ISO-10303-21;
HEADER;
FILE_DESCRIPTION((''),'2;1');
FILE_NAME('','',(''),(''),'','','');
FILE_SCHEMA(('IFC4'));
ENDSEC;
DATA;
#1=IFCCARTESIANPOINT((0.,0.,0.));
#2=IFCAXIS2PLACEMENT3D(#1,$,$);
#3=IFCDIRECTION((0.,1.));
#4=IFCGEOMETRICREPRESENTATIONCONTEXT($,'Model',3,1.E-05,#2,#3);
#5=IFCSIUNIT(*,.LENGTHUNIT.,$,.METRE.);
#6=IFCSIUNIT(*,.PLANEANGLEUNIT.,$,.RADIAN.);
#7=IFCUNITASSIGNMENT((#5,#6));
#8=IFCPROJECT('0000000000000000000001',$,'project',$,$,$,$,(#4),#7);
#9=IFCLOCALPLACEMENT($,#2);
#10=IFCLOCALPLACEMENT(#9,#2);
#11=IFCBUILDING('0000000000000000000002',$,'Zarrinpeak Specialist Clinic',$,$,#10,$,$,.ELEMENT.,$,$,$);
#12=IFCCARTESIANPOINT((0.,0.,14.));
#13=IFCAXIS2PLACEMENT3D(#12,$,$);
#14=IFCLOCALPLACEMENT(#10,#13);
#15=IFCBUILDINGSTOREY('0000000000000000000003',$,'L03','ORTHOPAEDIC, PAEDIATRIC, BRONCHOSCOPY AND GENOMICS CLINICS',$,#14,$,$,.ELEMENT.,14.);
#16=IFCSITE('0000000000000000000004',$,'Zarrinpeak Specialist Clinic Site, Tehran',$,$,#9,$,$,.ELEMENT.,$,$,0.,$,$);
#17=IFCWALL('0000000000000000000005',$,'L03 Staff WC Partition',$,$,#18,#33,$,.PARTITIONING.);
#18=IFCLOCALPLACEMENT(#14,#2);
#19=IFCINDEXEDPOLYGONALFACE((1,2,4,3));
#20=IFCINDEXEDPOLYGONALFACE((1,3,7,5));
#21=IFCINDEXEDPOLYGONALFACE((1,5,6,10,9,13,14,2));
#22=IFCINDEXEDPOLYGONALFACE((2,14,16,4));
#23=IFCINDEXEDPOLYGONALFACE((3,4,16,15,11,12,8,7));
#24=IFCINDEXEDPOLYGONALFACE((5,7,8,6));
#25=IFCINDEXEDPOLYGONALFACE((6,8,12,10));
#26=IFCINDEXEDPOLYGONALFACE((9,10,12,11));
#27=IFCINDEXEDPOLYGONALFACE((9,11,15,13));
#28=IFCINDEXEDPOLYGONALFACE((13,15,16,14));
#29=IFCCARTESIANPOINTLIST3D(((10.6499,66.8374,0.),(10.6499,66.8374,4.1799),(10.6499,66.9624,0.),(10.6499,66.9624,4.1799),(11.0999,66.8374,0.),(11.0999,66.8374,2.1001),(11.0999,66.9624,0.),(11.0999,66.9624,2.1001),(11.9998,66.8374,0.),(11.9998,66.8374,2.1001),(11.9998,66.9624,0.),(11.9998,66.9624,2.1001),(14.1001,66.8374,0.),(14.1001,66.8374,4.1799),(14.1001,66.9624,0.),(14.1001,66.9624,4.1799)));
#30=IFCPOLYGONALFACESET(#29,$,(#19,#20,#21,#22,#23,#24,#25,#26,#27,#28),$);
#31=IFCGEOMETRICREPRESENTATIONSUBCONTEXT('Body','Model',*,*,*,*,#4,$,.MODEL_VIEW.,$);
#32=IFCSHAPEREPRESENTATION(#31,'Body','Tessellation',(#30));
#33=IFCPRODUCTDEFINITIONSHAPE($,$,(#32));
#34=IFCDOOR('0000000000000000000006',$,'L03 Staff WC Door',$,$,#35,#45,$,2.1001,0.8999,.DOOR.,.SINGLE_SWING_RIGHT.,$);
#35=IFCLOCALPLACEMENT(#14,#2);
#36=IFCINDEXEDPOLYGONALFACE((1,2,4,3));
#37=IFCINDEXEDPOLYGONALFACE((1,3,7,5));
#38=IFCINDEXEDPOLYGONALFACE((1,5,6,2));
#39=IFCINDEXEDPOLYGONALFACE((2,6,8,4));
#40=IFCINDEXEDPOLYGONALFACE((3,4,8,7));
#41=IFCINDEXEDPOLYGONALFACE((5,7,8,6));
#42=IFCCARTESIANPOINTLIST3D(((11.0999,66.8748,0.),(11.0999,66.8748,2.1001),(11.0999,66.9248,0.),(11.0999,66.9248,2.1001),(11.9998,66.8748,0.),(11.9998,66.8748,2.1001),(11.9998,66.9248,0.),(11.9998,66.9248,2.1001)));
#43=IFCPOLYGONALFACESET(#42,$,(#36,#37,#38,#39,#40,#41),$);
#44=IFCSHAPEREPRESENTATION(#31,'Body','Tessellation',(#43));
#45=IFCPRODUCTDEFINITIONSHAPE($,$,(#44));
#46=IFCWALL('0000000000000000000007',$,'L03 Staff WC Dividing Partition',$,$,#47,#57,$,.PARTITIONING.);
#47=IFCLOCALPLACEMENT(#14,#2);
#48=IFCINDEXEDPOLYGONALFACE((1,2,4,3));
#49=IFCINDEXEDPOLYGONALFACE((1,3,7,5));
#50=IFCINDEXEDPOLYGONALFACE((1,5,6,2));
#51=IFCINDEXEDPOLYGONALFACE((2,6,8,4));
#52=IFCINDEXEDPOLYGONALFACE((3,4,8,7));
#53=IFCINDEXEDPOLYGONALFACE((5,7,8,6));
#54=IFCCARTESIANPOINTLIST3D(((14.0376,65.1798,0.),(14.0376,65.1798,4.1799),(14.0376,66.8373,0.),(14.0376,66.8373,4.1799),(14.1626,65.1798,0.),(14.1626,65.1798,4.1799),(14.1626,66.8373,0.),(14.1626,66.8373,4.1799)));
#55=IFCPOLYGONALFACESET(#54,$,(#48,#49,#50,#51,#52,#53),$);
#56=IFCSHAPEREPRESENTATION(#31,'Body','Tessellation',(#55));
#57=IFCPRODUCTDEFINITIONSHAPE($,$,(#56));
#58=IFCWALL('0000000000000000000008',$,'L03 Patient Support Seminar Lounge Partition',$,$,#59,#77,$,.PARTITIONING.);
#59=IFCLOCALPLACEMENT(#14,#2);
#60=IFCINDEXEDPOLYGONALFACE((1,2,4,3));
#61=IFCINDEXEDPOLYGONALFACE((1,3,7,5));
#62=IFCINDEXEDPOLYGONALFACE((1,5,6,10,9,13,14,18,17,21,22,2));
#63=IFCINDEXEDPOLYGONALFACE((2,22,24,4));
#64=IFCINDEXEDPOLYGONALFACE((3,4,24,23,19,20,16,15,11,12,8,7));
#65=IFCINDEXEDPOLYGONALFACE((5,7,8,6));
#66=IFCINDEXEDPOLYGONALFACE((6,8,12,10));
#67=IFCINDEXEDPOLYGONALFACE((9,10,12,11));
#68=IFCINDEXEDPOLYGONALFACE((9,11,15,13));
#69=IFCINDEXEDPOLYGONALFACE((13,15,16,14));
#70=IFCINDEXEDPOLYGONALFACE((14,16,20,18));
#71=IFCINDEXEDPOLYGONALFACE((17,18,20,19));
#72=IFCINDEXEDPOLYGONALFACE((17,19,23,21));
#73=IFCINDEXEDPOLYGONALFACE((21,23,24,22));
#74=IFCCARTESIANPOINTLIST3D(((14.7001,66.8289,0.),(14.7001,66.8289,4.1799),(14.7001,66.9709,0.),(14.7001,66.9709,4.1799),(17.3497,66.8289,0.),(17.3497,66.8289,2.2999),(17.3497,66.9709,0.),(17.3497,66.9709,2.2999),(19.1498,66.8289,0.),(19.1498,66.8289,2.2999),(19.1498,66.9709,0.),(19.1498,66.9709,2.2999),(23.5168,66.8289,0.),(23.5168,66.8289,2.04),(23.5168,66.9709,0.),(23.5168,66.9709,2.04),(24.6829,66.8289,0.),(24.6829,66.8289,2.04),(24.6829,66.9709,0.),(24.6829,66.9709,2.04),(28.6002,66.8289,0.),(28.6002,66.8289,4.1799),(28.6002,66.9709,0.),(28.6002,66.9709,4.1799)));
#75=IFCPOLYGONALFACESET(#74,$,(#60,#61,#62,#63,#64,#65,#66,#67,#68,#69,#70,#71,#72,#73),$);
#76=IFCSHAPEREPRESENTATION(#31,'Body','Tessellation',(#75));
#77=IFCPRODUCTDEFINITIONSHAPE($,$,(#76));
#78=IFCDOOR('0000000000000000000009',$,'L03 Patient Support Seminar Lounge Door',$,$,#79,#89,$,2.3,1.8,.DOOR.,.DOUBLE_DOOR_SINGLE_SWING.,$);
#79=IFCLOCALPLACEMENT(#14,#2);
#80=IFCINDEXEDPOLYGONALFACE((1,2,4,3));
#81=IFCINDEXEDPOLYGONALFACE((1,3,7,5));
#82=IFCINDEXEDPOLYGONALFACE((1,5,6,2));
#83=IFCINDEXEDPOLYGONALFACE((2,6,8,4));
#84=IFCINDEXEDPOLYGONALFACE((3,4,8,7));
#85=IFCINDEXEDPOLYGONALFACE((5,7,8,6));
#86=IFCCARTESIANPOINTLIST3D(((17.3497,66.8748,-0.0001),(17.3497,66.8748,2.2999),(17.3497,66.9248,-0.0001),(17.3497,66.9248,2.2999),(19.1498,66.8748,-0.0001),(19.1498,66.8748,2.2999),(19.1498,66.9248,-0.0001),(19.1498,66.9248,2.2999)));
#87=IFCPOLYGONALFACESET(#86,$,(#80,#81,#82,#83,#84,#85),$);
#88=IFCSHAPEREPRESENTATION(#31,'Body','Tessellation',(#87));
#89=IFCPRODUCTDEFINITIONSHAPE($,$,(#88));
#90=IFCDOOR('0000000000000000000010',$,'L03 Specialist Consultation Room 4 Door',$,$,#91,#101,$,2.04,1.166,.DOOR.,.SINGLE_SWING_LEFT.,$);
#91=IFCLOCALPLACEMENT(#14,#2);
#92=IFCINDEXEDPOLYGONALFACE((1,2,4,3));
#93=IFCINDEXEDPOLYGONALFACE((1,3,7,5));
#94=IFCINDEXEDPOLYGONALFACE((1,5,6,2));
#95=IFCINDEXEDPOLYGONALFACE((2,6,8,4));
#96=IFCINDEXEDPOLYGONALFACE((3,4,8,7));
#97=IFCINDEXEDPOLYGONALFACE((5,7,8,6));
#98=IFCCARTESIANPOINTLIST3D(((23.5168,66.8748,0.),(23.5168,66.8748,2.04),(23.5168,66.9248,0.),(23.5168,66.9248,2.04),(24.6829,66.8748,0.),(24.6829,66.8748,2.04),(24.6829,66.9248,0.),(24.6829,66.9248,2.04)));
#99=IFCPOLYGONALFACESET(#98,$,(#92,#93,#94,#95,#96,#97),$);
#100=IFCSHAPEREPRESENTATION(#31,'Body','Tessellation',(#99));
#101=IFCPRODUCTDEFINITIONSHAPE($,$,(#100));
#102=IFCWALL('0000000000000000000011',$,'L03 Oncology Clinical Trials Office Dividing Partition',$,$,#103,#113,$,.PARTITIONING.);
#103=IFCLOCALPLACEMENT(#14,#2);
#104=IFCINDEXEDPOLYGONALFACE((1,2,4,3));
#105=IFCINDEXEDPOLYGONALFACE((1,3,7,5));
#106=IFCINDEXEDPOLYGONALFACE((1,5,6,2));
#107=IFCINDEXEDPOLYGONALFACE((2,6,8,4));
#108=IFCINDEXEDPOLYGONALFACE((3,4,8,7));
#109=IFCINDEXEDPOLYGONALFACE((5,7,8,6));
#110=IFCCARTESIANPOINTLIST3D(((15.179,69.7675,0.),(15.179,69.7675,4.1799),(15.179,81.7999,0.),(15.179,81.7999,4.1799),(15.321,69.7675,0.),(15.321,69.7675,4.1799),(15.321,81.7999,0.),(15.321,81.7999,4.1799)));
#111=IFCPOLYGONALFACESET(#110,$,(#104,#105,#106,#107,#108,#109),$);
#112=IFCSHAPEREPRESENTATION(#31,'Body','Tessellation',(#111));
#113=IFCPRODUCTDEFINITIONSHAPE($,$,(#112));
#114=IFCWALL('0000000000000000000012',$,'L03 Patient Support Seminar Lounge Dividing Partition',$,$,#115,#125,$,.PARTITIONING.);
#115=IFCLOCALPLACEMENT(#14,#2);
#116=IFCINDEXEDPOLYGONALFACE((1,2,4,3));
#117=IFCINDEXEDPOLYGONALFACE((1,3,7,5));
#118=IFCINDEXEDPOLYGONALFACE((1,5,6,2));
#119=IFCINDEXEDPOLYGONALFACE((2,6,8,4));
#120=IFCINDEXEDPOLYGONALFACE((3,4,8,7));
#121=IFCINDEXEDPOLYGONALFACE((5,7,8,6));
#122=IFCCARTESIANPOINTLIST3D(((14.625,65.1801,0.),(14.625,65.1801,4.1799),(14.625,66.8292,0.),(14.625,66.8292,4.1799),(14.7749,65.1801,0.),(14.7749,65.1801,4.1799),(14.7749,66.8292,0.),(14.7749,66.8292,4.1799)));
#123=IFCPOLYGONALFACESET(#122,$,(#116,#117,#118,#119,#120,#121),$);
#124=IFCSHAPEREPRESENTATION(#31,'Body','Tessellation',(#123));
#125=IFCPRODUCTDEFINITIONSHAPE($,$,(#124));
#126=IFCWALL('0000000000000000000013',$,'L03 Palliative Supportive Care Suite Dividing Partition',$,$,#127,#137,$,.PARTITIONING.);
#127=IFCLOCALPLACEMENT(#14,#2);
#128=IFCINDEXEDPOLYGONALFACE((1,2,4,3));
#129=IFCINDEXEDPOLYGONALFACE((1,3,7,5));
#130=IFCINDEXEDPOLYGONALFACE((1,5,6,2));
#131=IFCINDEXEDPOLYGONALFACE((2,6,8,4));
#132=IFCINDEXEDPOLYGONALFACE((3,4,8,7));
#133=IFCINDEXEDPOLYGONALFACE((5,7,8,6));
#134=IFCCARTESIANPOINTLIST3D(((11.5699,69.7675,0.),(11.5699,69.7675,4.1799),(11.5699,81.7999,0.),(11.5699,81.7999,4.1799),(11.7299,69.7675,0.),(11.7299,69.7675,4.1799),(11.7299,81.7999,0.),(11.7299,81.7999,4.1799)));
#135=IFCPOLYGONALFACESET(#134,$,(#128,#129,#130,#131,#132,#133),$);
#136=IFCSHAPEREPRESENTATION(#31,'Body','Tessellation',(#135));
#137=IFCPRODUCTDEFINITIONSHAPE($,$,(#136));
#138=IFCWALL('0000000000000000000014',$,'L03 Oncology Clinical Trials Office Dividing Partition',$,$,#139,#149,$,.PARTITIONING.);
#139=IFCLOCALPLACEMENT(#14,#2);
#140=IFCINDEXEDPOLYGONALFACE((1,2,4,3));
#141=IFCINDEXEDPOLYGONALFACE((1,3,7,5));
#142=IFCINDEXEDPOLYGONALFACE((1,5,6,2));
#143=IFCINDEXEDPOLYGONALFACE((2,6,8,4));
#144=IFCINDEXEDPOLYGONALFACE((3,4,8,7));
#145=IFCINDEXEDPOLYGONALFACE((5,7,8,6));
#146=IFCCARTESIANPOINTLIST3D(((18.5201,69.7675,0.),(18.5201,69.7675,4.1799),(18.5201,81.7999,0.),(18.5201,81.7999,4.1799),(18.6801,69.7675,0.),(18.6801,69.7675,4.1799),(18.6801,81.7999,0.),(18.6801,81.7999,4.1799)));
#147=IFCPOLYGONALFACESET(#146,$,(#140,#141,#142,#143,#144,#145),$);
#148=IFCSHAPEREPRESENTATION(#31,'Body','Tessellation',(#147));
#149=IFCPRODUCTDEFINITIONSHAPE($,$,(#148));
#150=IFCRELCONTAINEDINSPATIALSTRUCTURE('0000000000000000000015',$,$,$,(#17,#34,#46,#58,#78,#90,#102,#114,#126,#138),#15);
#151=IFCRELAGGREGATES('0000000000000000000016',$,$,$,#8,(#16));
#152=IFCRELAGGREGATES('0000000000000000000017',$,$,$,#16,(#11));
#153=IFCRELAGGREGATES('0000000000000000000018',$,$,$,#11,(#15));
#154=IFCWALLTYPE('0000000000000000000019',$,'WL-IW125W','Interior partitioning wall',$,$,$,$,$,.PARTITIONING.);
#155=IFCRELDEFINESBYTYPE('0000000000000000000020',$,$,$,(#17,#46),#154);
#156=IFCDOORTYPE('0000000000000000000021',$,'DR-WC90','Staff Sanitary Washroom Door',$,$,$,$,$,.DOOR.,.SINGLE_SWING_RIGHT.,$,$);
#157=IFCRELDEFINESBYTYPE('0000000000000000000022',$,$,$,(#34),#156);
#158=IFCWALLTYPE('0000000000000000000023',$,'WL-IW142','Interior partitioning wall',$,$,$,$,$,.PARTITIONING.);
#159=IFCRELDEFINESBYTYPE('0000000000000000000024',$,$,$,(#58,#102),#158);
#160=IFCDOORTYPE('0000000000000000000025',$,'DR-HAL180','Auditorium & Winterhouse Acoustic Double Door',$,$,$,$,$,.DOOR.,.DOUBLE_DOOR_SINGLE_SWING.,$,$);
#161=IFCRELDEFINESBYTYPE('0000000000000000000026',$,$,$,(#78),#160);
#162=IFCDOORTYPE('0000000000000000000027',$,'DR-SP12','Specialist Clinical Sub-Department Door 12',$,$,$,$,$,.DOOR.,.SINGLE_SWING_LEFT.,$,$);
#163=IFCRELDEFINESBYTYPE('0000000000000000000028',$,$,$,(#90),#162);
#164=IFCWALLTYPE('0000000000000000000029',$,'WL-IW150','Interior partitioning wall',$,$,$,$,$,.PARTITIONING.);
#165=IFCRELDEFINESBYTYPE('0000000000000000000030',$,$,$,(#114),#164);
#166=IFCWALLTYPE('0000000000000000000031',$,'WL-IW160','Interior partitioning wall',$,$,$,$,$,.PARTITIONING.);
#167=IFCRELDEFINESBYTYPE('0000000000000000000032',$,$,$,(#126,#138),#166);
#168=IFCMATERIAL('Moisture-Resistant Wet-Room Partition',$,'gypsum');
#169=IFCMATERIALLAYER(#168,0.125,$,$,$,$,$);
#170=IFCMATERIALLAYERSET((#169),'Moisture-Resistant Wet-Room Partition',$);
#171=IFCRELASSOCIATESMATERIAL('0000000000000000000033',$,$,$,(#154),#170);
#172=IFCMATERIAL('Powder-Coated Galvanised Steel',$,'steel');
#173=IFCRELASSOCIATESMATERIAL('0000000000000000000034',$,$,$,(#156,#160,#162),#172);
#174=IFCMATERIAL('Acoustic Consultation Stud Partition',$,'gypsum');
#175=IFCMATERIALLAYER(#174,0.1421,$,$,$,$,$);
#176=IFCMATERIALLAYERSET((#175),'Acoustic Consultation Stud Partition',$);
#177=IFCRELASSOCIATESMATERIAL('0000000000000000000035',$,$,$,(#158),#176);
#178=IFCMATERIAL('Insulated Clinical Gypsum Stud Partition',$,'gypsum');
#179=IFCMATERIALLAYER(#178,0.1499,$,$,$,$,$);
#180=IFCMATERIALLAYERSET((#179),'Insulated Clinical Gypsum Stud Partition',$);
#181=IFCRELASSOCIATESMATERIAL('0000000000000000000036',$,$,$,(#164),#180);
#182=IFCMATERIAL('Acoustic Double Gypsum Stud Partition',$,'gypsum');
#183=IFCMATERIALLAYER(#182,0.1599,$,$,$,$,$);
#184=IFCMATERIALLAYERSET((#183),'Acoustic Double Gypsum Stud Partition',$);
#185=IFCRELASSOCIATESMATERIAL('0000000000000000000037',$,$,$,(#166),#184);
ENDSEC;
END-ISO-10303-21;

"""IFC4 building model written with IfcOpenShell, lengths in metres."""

from ifc_helpers import new_model, si_unit, direction, frame, frame_2d, origin, place, context, subcontext, project, spatial, rectangle, extrude, material, layer, layer_set, type_object, element, fill, save


model = new_model("IFC4")

# Units and contexts
model_context = context("Model", 3, precision=1e-05, world=origin(), true_north=direction((0.0, 1.0)))
body_context = subcontext(model_context, "Body", "Model", "MODEL_VIEW")
ifc_project = project(units=[si_unit("LENGTHUNIT", "METRE"), si_unit("PLANEANGLEUNIT", "RADIAN")], contexts=[model_context])

# Site, building, storey
site_placement = place(None, origin())
site = spatial("IfcSite", under=ifc_project, at=site_placement, Name="Zarrinpeak Specialist Clinic Site, Tehran", CompositionType="ELEMENT", RefElevation=0.0)
building_placement = place(site_placement, origin())
building = spatial("IfcBuilding", under=site, at=building_placement, Name="Zarrinpeak Specialist Clinic", CompositionType="ELEMENT")
storey_placement = place(building_placement, frame((0.0, 0.0, 14.0)))
storey = spatial("IfcBuildingStorey", under=building, at=storey_placement, Name="L03", Description="ORTHOPAEDIC, PAEDIATRIC, BRONCHOSCOPY AND GENOMICS CLINICS", CompositionType="ELEMENT", Elevation=14.0)

# Wall, opening, door
ifc_material_1 = material(Name="Moisture-Resistant Wet-Room Partition", Category="gypsum")
ifc_layer_1 = layer(ifc_material_1, 0.125)
ifc_layer_set_1 = layer_set([ifc_layer_1], Name="Moisture-Resistant Wet-Room Partition")
wall_type_1 = type_object("IfcWallType", Name="WL-IW125W", Description="Interior partitioning wall", PredefinedType="PARTITIONING", material=ifc_layer_set_1)
wall_1_placement = place(storey_placement, frame((10.6499, 66.8999, 0.0), z_axis=(0.0, 0.0, 1.0), x_axis=(1.0, 0.0, 0.0)))
wall_1 = element("IfcWall", 1, at=wall_1_placement, inside=storey, type_object=wall_type_1, Name="L03 Staff WC Partition", PredefinedType="PARTITIONING", context=body_context, shape_type="SweptSolid", body=[
    extrude(rectangle(XDim=3.4502, YDim=0.125, at=frame_2d((1.7251, 0.0))), origin(), (0.0, 0.0, 1.0), 4.1799),
])
opening_1_placement = place(wall_1_placement, frame((0.45, 0.0, 0.0)))
opening_1 = element("IfcOpeningElement", 2, at=opening_1_placement, cuts=wall_1, PredefinedType="OPENING", context=body_context, shape_type="SweptSolid", body=[
    extrude(rectangle(XDim=0.8999, YDim=2.1001, at=frame_2d((0.45, 1.05))), frame((0.0, 0.0725, 0.0), z_axis=(0.0, -1.0, 0.0), x_axis=(1.0, 0.0, 0.0)), (0.0, 0.0, 1.0), 0.145),
])
ifc_material_2 = material(Name="Powder-Coated Galvanised Steel", Category="steel")
door_type_1 = type_object("IfcDoorType", Name="DR-WC90", Description="Staff Sanitary Washroom Door", OperationType="SINGLE_SWING_RIGHT", PredefinedType="DOOR", material=ifc_material_2)
door_1_placement = place(opening_1_placement, origin())
door_1 = element("IfcDoor", 3, at=door_1_placement, inside=storey, type_object=door_type_1, Name="L03 Staff WC Door", OperationType="SINGLE_SWING_RIGHT", OverallHeight=2.1001, OverallWidth=0.8999, PredefinedType="DOOR", context=body_context, shape_type="SweptSolid", body=[
    extrude(rectangle(XDim=0.8999, YDim=2.1001, at=frame_2d((0.45, 1.05))), frame((0.0, 0.0249, 0.0), z_axis=(0.0, -1.0, 0.0), x_axis=(1.0, 0.0, 0.0)), (0.0, 0.0, 1.0), 0.05),
])
fill(opening_1, door_1)

# Wall
wall_2_placement = place(storey_placement, frame((14.1001, 65.1799, 0.0), z_axis=(0.0, 0.0, 1.0), x_axis=(0.0, 1.0, 0.0)))
element("IfcWall", 4, at=wall_2_placement, inside=storey, type_object=wall_type_1, Name="L03 Staff WC Dividing Partition", PredefinedType="PARTITIONING", context=body_context, shape_type="SweptSolid", body=[
    extrude(rectangle(XDim=1.6575, YDim=0.125, at=frame_2d((0.8286, 0.0))), origin(), (0.0, 0.0, 1.0), 4.1799),
])

# Wall, openings, doors
ifc_material_3 = material(Name="Acoustic Consultation Stud Partition", Category="gypsum")
ifc_layer_2 = layer(ifc_material_3, 0.1421)
ifc_layer_set_2 = layer_set([ifc_layer_2], Name="Acoustic Consultation Stud Partition")
wall_type_2 = type_object("IfcWallType", Name="WL-IW142", Description="Interior partitioning wall", PredefinedType="PARTITIONING", material=ifc_layer_set_2)
wall_3_placement = place(storey_placement, frame((14.7, 66.8999, 0.0), z_axis=(0.0, 0.0, 1.0), x_axis=(1.0, 0.0, 0.0)))
wall_3 = element("IfcWall", 5, at=wall_3_placement, inside=storey, type_object=wall_type_2, Name="L03 Patient Support Seminar Lounge Partition", PredefinedType="PARTITIONING", context=body_context, shape_type="SweptSolid", body=[
    extrude(rectangle(XDim=13.9001, YDim=0.1421, at=frame_2d((6.9502, 0.0))), origin(), (0.0, 0.0, 1.0), 4.1799),
])
opening_2_placement = place(wall_3_placement, frame((2.6499, 0.0, 0.0)))
opening_2 = element("IfcOpeningElement", 6, at=opening_2_placement, cuts=wall_3, PredefinedType="OPENING", context=body_context, shape_type="SweptSolid", body=[
    extrude(rectangle(XDim=1.8, YDim=2.3, at=frame_2d((0.8999, 1.1499))), frame((0.0, 0.0811, 0.0), z_axis=(0.0, -1.0, 0.0), x_axis=(1.0, 0.0, 0.0)), (0.0, 0.0, 1.0), 0.1621),
])
opening_3_placement = place(wall_3_placement, frame((8.8169, 0.0, 0.0)))
opening_3 = element("IfcOpeningElement", 7, at=opening_3_placement, cuts=wall_3, PredefinedType="OPENING", context=body_context, shape_type="SweptSolid", body=[
    extrude(rectangle(XDim=1.166, YDim=2.04, at=frame_2d((0.583, 1.02))), frame((0.0, 0.0811, 0.0), z_axis=(0.0, -1.0, 0.0), x_axis=(1.0, 0.0, 0.0)), (0.0, 0.0, 1.0), 0.1621),
])
door_type_2 = type_object("IfcDoorType", Name="DR-HAL180", Description="Auditorium & Winterhouse Acoustic Double Door", OperationType="DOUBLE_DOOR_SINGLE_SWING", PredefinedType="DOOR", material=ifc_material_2)
door_2_placement = place(opening_2_placement, origin())
door_2 = element("IfcDoor", 8, at=door_2_placement, inside=storey, type_object=door_type_2, Name="L03 Patient Support Seminar Lounge Door", OperationType="DOUBLE_DOOR_SINGLE_SWING", OverallHeight=2.3, OverallWidth=1.8, PredefinedType="DOOR", context=body_context, shape_type="SweptSolid", body=[
    extrude(rectangle(XDim=1.8, YDim=2.3, at=frame_2d((0.8999, 1.1499))), frame((0.0, 0.0249, 0.0), z_axis=(0.0, -1.0, 0.0), x_axis=(1.0, 0.0, 0.0)), (0.0, 0.0, 1.0), 0.05),
])
fill(opening_2, door_2)
door_type_3 = type_object("IfcDoorType", Name="DR-SP12", Description="Specialist Clinical Sub-Department Door 12", OperationType="SINGLE_SWING_LEFT", PredefinedType="DOOR", material=ifc_material_2)
door_3_placement = place(opening_3_placement, origin())
door_3 = element("IfcDoor", 9, at=door_3_placement, inside=storey, type_object=door_type_3, Name="L03 Specialist Consultation Room 4 Door", OperationType="SINGLE_SWING_LEFT", OverallHeight=2.04, OverallWidth=1.166, PredefinedType="DOOR", context=body_context, shape_type="SweptSolid", body=[
    extrude(rectangle(XDim=1.166, YDim=2.04, at=frame_2d((0.583, 1.02))), frame((0.0, 0.0249, 0.0), z_axis=(0.0, -1.0, 0.0), x_axis=(1.0, 0.0, 0.0)), (0.0, 0.0, 1.0), 0.05),
])
fill(opening_3, door_3)

# Walls
wall_4_placement = place(storey_placement, frame((15.25, 69.7676, 0.0), z_axis=(0.0, 0.0, 1.0), x_axis=(0.0, 1.0, 0.0)))
element("IfcWall", 10, at=wall_4_placement, inside=storey, type_object=wall_type_2, Name="L03 Oncology Clinical Trials Office Dividing Partition", PredefinedType="PARTITIONING", context=body_context, shape_type="SweptSolid", body=[
    extrude(rectangle(XDim=12.0325, YDim=0.1421, at=frame_2d((6.0161, 0.0))), origin(), (0.0, 0.0, 1.0), 4.1799),
])
ifc_material_4 = material(Name="Insulated Clinical Gypsum Stud Partition", Category="gypsum")
ifc_layer_3 = layer(ifc_material_4, 0.1499)
ifc_layer_set_3 = layer_set([ifc_layer_3], Name="Insulated Clinical Gypsum Stud Partition")
wall_type_3 = type_object("IfcWallType", Name="WL-IW150", Description="Interior partitioning wall", PredefinedType="PARTITIONING", material=ifc_layer_set_3)
wall_5_placement = place(storey_placement, frame((14.7, 65.1799, 0.0), z_axis=(0.0, 0.0, 1.0), x_axis=(0.0, 1.0, 0.0)))
element("IfcWall", 11, at=wall_5_placement, inside=storey, type_object=wall_type_3, Name="L03 Patient Support Seminar Lounge Dividing Partition", PredefinedType="PARTITIONING", context=body_context, shape_type="SweptSolid", body=[
    extrude(rectangle(XDim=1.6492, YDim=0.1499, at=frame_2d((0.8247, 0.0))), origin(), (0.0, 0.0, 1.0), 4.1799),
])
ifc_material_5 = material(Name="Acoustic Double Gypsum Stud Partition", Category="gypsum")
ifc_layer_4 = layer(ifc_material_5, 0.1599)
ifc_layer_set_4 = layer_set([ifc_layer_4], Name="Acoustic Double Gypsum Stud Partition")
wall_type_4 = type_object("IfcWallType", Name="WL-IW160", Description="Interior partitioning wall", PredefinedType="PARTITIONING", material=ifc_layer_set_4)
for number, where, z_axis, x_axis, name in (
    (12, (11.6499, 69.7676, 0.0), (0.0, 0.0, 1.0), (0.0, 1.0, 0.0), "L03 Palliative Supportive Care Suite Dividing Partition"),
    (13, (18.6001, 69.7676, 0.0), (0.0, 0.0, 1.0), (0.0, 1.0, 0.0), "L03 Oncology Clinical Trials Office Dividing Partition"),
):
    element("IfcWall", number, at=place(storey_placement, frame(where, z_axis=z_axis, x_axis=x_axis)), inside=storey, type_object=wall_type_4, Name=name, PredefinedType="PARTITIONING", context=body_context, shape_type="SweptSolid", body=[
        extrude(rectangle(XDim=12.0325, YDim=0.1599, at=frame_2d((6.0161, 0.0))), origin(), (0.0, 0.0, 1.0), 4.1799),
    ])

save(model, "model.ifc")
